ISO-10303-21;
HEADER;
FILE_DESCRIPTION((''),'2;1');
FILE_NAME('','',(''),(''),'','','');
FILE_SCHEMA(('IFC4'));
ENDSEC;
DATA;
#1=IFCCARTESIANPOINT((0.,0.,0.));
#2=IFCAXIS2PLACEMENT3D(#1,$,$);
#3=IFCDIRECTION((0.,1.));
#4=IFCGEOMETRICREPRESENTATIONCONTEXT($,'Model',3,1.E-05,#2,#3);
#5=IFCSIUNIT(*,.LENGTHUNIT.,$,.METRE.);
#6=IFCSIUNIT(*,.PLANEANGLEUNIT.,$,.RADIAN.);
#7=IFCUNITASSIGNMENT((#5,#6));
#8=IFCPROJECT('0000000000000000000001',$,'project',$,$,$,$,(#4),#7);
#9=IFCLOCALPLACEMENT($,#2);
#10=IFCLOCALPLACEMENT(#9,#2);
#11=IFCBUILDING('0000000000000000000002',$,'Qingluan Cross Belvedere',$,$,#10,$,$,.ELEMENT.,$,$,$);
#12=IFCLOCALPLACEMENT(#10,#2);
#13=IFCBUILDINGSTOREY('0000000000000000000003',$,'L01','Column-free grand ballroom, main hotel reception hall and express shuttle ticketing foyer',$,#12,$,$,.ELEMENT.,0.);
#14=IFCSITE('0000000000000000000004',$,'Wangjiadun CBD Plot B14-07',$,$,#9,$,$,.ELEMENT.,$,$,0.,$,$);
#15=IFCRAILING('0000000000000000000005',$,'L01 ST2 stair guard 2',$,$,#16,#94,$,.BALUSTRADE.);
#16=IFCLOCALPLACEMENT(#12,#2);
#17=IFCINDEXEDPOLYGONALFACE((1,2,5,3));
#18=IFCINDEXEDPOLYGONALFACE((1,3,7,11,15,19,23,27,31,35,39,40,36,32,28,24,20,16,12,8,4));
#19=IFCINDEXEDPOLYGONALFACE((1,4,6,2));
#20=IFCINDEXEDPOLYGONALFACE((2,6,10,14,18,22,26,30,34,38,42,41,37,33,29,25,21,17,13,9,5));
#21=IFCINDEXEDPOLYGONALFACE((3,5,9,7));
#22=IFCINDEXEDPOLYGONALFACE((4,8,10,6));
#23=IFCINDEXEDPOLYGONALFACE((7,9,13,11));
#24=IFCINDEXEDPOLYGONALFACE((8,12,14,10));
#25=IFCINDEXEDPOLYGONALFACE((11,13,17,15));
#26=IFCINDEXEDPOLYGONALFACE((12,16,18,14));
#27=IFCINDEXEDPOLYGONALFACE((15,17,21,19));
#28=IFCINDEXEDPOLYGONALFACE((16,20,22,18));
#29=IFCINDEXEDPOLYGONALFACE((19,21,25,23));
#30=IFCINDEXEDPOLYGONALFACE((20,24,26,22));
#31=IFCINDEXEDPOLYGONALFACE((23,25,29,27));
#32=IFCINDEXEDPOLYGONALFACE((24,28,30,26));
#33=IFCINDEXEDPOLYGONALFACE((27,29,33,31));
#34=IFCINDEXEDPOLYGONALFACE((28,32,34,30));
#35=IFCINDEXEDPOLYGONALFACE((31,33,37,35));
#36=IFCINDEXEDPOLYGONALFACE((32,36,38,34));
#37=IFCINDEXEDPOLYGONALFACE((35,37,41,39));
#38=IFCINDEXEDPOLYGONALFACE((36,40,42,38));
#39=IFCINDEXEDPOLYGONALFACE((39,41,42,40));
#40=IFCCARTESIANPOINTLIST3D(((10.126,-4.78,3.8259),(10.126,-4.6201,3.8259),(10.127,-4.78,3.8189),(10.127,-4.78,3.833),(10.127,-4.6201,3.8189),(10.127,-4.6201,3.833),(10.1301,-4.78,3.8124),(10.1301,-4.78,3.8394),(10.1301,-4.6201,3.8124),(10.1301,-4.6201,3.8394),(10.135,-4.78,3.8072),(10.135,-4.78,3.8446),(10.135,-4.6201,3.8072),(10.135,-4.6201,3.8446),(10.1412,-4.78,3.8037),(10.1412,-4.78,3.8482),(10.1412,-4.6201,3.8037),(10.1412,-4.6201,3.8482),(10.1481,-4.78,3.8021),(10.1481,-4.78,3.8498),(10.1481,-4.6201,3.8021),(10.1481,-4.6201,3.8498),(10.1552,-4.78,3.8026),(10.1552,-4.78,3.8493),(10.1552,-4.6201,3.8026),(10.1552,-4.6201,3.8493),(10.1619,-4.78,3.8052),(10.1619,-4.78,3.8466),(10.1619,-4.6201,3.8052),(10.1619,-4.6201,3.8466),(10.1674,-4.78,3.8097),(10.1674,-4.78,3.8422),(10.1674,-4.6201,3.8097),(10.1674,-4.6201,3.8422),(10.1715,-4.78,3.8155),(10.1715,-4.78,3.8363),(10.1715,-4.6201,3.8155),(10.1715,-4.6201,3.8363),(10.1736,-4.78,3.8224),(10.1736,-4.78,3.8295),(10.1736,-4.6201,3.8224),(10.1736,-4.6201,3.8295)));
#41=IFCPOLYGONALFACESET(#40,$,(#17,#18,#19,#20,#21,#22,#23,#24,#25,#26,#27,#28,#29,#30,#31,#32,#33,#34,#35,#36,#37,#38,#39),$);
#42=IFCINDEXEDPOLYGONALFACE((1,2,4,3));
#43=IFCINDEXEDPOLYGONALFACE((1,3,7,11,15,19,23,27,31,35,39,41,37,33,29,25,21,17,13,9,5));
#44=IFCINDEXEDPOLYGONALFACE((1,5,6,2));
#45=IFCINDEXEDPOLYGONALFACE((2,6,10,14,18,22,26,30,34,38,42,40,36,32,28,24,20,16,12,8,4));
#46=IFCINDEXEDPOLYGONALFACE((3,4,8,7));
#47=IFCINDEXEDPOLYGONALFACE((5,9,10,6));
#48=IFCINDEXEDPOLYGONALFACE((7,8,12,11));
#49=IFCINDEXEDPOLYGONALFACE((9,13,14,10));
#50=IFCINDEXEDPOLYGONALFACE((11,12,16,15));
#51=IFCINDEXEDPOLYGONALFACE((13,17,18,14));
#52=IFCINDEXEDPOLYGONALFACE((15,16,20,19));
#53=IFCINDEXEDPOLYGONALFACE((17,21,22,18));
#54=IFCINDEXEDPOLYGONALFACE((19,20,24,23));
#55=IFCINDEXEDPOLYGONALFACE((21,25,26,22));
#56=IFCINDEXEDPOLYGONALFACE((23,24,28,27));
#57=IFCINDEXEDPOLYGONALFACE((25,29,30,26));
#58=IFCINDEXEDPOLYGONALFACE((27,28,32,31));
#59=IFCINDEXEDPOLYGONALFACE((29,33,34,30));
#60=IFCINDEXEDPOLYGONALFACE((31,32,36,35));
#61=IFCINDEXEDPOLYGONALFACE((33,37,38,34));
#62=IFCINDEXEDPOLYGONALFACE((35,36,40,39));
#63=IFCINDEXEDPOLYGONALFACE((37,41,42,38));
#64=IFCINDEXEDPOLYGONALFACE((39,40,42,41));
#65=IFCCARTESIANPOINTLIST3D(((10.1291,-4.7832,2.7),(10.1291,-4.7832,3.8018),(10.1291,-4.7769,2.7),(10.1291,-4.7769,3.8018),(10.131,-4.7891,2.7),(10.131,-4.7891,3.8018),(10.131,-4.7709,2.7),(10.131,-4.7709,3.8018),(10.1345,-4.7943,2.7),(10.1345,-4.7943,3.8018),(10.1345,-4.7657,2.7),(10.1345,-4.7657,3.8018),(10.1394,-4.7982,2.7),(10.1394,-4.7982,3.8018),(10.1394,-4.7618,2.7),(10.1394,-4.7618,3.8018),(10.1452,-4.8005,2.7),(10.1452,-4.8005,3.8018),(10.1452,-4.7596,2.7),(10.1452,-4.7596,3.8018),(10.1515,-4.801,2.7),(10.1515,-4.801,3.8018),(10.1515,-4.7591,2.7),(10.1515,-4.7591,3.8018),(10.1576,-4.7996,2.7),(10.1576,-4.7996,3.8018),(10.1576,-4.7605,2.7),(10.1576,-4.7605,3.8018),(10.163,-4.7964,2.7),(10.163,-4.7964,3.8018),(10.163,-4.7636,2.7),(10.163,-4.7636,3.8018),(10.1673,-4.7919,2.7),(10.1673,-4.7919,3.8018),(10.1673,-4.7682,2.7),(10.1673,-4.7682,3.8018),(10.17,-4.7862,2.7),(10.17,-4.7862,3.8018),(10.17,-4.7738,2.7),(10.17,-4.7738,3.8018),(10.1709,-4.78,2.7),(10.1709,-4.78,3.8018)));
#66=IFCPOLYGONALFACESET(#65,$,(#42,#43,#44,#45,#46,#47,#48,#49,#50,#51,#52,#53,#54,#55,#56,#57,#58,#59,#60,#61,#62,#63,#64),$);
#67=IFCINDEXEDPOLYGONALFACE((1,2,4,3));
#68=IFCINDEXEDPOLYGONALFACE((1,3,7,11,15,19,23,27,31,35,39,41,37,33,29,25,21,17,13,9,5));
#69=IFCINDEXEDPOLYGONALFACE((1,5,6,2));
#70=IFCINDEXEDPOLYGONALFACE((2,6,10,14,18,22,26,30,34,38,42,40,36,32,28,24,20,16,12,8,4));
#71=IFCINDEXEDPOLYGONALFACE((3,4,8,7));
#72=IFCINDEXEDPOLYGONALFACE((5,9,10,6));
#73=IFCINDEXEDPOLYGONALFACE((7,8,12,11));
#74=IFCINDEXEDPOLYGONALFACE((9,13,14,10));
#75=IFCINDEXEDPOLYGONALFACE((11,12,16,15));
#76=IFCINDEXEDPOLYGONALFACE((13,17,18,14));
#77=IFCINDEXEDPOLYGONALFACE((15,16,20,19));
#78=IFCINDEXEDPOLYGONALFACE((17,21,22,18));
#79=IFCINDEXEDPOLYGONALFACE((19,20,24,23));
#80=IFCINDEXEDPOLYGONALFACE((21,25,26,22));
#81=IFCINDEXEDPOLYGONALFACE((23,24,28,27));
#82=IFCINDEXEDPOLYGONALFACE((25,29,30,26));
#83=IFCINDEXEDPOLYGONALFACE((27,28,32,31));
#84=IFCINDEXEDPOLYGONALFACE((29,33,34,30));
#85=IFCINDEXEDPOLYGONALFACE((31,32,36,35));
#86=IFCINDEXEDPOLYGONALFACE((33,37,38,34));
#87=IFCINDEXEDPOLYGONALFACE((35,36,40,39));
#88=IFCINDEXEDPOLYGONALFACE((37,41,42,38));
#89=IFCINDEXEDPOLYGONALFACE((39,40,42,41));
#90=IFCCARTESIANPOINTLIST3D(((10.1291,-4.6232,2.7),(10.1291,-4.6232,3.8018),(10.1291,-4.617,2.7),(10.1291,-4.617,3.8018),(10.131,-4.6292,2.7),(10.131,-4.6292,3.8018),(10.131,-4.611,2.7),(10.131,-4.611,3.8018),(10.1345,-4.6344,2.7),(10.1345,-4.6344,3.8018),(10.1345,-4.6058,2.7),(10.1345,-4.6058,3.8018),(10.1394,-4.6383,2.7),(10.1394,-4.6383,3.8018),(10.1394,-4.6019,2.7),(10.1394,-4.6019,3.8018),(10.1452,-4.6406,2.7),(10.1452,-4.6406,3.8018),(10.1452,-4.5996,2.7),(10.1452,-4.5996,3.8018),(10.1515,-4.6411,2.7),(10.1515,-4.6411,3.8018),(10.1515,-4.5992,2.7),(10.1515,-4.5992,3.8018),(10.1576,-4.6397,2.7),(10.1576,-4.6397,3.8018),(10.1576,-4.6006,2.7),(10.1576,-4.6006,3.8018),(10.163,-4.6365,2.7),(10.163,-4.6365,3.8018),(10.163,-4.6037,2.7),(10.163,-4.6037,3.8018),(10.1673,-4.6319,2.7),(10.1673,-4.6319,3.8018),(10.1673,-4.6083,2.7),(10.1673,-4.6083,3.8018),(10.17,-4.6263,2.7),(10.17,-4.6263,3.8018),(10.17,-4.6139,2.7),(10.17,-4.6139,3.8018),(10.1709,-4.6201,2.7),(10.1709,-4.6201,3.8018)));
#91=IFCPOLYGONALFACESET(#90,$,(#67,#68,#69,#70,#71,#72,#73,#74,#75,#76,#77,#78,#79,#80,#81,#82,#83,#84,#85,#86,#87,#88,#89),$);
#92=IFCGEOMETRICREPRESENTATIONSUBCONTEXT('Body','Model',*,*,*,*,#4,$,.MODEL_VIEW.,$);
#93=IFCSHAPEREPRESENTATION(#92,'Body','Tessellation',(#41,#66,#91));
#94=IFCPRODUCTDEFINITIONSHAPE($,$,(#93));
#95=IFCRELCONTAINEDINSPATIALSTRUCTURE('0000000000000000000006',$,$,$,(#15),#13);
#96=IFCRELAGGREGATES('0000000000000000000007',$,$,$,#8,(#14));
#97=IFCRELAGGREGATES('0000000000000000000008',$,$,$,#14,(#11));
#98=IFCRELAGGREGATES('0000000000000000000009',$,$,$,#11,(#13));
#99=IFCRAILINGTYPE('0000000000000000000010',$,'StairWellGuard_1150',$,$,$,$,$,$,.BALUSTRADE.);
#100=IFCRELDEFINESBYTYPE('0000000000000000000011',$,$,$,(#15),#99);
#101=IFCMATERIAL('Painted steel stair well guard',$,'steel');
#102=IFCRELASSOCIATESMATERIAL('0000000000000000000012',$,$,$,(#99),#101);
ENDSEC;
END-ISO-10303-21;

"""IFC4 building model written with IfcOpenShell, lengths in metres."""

from ifc_helpers import new_model, si_unit, direction, frame, origin, origin_2d, place, context, subcontext, project, spatial, circle, extrude, material, type_object, element, save


model = new_model("IFC4")

# Units and contexts
model_context = context("Model", 3, precision=1e-05, world=origin(), true_north=direction((0.0, 1.0)))
body_context = subcontext(model_context, "Body", "Model", "MODEL_VIEW")
ifc_project = project(units=[si_unit("LENGTHUNIT", "METRE"), si_unit("PLANEANGLEUNIT", "RADIAN")], contexts=[model_context])

# Site, building, storey
site_placement = place(None, origin())
site = spatial("IfcSite", under=ifc_project, at=site_placement, Name="Wangjiadun CBD Plot B14-07", CompositionType="ELEMENT", RefElevation=0.0)
building_placement = place(site_placement, origin())
building = spatial("IfcBuilding", under=site, at=building_placement, Name="Qingluan Cross Belvedere", CompositionType="ELEMENT")
storey_placement = place(building_placement, origin())
storey = spatial("IfcBuildingStorey", under=building, at=storey_placement, Name="L01", Description="Column-free grand ballroom, main hotel reception hall and express shuttle ticketing foyer", CompositionType="ELEMENT", Elevation=0.0)

# Railing
ifc_material_1 = material(Name="Painted steel stair well guard", Category="steel")
railing_type_1 = type_object("IfcRailingType", Name="StairWellGuard_1150", PredefinedType="BALUSTRADE", material=ifc_material_1)
railing_1_placement = place(storey_placement, frame((10.1499, -4.78, 2.7)))
element("IfcRailing", 1, at=railing_1_placement, inside=storey, type_object=railing_type_1, Name="L01 ST2 stair guard 2", PredefinedType="BALUSTRADE", context=body_context, shape_type="SweptSolid", body=[
    extrude(circle(Radius=0.0239, at=origin_2d()), frame((0.0, 0.0, 1.126), z_axis=(0.0, 1.0, 0.0), x_axis=(-1.0, 0.0, 0.0)), (0.0, 0.0, 1.0), 0.1599),
    extrude(circle(Radius=0.021, at=origin_2d()), origin(), (0.0, 0.0, 1.0), 1.1018),
    extrude(circle(Radius=0.021, at=origin_2d()), frame((0.0, 0.1599, 0.0)), (0.0, 0.0, 1.0), 1.1018),
])

save(model, "model.ifc")
